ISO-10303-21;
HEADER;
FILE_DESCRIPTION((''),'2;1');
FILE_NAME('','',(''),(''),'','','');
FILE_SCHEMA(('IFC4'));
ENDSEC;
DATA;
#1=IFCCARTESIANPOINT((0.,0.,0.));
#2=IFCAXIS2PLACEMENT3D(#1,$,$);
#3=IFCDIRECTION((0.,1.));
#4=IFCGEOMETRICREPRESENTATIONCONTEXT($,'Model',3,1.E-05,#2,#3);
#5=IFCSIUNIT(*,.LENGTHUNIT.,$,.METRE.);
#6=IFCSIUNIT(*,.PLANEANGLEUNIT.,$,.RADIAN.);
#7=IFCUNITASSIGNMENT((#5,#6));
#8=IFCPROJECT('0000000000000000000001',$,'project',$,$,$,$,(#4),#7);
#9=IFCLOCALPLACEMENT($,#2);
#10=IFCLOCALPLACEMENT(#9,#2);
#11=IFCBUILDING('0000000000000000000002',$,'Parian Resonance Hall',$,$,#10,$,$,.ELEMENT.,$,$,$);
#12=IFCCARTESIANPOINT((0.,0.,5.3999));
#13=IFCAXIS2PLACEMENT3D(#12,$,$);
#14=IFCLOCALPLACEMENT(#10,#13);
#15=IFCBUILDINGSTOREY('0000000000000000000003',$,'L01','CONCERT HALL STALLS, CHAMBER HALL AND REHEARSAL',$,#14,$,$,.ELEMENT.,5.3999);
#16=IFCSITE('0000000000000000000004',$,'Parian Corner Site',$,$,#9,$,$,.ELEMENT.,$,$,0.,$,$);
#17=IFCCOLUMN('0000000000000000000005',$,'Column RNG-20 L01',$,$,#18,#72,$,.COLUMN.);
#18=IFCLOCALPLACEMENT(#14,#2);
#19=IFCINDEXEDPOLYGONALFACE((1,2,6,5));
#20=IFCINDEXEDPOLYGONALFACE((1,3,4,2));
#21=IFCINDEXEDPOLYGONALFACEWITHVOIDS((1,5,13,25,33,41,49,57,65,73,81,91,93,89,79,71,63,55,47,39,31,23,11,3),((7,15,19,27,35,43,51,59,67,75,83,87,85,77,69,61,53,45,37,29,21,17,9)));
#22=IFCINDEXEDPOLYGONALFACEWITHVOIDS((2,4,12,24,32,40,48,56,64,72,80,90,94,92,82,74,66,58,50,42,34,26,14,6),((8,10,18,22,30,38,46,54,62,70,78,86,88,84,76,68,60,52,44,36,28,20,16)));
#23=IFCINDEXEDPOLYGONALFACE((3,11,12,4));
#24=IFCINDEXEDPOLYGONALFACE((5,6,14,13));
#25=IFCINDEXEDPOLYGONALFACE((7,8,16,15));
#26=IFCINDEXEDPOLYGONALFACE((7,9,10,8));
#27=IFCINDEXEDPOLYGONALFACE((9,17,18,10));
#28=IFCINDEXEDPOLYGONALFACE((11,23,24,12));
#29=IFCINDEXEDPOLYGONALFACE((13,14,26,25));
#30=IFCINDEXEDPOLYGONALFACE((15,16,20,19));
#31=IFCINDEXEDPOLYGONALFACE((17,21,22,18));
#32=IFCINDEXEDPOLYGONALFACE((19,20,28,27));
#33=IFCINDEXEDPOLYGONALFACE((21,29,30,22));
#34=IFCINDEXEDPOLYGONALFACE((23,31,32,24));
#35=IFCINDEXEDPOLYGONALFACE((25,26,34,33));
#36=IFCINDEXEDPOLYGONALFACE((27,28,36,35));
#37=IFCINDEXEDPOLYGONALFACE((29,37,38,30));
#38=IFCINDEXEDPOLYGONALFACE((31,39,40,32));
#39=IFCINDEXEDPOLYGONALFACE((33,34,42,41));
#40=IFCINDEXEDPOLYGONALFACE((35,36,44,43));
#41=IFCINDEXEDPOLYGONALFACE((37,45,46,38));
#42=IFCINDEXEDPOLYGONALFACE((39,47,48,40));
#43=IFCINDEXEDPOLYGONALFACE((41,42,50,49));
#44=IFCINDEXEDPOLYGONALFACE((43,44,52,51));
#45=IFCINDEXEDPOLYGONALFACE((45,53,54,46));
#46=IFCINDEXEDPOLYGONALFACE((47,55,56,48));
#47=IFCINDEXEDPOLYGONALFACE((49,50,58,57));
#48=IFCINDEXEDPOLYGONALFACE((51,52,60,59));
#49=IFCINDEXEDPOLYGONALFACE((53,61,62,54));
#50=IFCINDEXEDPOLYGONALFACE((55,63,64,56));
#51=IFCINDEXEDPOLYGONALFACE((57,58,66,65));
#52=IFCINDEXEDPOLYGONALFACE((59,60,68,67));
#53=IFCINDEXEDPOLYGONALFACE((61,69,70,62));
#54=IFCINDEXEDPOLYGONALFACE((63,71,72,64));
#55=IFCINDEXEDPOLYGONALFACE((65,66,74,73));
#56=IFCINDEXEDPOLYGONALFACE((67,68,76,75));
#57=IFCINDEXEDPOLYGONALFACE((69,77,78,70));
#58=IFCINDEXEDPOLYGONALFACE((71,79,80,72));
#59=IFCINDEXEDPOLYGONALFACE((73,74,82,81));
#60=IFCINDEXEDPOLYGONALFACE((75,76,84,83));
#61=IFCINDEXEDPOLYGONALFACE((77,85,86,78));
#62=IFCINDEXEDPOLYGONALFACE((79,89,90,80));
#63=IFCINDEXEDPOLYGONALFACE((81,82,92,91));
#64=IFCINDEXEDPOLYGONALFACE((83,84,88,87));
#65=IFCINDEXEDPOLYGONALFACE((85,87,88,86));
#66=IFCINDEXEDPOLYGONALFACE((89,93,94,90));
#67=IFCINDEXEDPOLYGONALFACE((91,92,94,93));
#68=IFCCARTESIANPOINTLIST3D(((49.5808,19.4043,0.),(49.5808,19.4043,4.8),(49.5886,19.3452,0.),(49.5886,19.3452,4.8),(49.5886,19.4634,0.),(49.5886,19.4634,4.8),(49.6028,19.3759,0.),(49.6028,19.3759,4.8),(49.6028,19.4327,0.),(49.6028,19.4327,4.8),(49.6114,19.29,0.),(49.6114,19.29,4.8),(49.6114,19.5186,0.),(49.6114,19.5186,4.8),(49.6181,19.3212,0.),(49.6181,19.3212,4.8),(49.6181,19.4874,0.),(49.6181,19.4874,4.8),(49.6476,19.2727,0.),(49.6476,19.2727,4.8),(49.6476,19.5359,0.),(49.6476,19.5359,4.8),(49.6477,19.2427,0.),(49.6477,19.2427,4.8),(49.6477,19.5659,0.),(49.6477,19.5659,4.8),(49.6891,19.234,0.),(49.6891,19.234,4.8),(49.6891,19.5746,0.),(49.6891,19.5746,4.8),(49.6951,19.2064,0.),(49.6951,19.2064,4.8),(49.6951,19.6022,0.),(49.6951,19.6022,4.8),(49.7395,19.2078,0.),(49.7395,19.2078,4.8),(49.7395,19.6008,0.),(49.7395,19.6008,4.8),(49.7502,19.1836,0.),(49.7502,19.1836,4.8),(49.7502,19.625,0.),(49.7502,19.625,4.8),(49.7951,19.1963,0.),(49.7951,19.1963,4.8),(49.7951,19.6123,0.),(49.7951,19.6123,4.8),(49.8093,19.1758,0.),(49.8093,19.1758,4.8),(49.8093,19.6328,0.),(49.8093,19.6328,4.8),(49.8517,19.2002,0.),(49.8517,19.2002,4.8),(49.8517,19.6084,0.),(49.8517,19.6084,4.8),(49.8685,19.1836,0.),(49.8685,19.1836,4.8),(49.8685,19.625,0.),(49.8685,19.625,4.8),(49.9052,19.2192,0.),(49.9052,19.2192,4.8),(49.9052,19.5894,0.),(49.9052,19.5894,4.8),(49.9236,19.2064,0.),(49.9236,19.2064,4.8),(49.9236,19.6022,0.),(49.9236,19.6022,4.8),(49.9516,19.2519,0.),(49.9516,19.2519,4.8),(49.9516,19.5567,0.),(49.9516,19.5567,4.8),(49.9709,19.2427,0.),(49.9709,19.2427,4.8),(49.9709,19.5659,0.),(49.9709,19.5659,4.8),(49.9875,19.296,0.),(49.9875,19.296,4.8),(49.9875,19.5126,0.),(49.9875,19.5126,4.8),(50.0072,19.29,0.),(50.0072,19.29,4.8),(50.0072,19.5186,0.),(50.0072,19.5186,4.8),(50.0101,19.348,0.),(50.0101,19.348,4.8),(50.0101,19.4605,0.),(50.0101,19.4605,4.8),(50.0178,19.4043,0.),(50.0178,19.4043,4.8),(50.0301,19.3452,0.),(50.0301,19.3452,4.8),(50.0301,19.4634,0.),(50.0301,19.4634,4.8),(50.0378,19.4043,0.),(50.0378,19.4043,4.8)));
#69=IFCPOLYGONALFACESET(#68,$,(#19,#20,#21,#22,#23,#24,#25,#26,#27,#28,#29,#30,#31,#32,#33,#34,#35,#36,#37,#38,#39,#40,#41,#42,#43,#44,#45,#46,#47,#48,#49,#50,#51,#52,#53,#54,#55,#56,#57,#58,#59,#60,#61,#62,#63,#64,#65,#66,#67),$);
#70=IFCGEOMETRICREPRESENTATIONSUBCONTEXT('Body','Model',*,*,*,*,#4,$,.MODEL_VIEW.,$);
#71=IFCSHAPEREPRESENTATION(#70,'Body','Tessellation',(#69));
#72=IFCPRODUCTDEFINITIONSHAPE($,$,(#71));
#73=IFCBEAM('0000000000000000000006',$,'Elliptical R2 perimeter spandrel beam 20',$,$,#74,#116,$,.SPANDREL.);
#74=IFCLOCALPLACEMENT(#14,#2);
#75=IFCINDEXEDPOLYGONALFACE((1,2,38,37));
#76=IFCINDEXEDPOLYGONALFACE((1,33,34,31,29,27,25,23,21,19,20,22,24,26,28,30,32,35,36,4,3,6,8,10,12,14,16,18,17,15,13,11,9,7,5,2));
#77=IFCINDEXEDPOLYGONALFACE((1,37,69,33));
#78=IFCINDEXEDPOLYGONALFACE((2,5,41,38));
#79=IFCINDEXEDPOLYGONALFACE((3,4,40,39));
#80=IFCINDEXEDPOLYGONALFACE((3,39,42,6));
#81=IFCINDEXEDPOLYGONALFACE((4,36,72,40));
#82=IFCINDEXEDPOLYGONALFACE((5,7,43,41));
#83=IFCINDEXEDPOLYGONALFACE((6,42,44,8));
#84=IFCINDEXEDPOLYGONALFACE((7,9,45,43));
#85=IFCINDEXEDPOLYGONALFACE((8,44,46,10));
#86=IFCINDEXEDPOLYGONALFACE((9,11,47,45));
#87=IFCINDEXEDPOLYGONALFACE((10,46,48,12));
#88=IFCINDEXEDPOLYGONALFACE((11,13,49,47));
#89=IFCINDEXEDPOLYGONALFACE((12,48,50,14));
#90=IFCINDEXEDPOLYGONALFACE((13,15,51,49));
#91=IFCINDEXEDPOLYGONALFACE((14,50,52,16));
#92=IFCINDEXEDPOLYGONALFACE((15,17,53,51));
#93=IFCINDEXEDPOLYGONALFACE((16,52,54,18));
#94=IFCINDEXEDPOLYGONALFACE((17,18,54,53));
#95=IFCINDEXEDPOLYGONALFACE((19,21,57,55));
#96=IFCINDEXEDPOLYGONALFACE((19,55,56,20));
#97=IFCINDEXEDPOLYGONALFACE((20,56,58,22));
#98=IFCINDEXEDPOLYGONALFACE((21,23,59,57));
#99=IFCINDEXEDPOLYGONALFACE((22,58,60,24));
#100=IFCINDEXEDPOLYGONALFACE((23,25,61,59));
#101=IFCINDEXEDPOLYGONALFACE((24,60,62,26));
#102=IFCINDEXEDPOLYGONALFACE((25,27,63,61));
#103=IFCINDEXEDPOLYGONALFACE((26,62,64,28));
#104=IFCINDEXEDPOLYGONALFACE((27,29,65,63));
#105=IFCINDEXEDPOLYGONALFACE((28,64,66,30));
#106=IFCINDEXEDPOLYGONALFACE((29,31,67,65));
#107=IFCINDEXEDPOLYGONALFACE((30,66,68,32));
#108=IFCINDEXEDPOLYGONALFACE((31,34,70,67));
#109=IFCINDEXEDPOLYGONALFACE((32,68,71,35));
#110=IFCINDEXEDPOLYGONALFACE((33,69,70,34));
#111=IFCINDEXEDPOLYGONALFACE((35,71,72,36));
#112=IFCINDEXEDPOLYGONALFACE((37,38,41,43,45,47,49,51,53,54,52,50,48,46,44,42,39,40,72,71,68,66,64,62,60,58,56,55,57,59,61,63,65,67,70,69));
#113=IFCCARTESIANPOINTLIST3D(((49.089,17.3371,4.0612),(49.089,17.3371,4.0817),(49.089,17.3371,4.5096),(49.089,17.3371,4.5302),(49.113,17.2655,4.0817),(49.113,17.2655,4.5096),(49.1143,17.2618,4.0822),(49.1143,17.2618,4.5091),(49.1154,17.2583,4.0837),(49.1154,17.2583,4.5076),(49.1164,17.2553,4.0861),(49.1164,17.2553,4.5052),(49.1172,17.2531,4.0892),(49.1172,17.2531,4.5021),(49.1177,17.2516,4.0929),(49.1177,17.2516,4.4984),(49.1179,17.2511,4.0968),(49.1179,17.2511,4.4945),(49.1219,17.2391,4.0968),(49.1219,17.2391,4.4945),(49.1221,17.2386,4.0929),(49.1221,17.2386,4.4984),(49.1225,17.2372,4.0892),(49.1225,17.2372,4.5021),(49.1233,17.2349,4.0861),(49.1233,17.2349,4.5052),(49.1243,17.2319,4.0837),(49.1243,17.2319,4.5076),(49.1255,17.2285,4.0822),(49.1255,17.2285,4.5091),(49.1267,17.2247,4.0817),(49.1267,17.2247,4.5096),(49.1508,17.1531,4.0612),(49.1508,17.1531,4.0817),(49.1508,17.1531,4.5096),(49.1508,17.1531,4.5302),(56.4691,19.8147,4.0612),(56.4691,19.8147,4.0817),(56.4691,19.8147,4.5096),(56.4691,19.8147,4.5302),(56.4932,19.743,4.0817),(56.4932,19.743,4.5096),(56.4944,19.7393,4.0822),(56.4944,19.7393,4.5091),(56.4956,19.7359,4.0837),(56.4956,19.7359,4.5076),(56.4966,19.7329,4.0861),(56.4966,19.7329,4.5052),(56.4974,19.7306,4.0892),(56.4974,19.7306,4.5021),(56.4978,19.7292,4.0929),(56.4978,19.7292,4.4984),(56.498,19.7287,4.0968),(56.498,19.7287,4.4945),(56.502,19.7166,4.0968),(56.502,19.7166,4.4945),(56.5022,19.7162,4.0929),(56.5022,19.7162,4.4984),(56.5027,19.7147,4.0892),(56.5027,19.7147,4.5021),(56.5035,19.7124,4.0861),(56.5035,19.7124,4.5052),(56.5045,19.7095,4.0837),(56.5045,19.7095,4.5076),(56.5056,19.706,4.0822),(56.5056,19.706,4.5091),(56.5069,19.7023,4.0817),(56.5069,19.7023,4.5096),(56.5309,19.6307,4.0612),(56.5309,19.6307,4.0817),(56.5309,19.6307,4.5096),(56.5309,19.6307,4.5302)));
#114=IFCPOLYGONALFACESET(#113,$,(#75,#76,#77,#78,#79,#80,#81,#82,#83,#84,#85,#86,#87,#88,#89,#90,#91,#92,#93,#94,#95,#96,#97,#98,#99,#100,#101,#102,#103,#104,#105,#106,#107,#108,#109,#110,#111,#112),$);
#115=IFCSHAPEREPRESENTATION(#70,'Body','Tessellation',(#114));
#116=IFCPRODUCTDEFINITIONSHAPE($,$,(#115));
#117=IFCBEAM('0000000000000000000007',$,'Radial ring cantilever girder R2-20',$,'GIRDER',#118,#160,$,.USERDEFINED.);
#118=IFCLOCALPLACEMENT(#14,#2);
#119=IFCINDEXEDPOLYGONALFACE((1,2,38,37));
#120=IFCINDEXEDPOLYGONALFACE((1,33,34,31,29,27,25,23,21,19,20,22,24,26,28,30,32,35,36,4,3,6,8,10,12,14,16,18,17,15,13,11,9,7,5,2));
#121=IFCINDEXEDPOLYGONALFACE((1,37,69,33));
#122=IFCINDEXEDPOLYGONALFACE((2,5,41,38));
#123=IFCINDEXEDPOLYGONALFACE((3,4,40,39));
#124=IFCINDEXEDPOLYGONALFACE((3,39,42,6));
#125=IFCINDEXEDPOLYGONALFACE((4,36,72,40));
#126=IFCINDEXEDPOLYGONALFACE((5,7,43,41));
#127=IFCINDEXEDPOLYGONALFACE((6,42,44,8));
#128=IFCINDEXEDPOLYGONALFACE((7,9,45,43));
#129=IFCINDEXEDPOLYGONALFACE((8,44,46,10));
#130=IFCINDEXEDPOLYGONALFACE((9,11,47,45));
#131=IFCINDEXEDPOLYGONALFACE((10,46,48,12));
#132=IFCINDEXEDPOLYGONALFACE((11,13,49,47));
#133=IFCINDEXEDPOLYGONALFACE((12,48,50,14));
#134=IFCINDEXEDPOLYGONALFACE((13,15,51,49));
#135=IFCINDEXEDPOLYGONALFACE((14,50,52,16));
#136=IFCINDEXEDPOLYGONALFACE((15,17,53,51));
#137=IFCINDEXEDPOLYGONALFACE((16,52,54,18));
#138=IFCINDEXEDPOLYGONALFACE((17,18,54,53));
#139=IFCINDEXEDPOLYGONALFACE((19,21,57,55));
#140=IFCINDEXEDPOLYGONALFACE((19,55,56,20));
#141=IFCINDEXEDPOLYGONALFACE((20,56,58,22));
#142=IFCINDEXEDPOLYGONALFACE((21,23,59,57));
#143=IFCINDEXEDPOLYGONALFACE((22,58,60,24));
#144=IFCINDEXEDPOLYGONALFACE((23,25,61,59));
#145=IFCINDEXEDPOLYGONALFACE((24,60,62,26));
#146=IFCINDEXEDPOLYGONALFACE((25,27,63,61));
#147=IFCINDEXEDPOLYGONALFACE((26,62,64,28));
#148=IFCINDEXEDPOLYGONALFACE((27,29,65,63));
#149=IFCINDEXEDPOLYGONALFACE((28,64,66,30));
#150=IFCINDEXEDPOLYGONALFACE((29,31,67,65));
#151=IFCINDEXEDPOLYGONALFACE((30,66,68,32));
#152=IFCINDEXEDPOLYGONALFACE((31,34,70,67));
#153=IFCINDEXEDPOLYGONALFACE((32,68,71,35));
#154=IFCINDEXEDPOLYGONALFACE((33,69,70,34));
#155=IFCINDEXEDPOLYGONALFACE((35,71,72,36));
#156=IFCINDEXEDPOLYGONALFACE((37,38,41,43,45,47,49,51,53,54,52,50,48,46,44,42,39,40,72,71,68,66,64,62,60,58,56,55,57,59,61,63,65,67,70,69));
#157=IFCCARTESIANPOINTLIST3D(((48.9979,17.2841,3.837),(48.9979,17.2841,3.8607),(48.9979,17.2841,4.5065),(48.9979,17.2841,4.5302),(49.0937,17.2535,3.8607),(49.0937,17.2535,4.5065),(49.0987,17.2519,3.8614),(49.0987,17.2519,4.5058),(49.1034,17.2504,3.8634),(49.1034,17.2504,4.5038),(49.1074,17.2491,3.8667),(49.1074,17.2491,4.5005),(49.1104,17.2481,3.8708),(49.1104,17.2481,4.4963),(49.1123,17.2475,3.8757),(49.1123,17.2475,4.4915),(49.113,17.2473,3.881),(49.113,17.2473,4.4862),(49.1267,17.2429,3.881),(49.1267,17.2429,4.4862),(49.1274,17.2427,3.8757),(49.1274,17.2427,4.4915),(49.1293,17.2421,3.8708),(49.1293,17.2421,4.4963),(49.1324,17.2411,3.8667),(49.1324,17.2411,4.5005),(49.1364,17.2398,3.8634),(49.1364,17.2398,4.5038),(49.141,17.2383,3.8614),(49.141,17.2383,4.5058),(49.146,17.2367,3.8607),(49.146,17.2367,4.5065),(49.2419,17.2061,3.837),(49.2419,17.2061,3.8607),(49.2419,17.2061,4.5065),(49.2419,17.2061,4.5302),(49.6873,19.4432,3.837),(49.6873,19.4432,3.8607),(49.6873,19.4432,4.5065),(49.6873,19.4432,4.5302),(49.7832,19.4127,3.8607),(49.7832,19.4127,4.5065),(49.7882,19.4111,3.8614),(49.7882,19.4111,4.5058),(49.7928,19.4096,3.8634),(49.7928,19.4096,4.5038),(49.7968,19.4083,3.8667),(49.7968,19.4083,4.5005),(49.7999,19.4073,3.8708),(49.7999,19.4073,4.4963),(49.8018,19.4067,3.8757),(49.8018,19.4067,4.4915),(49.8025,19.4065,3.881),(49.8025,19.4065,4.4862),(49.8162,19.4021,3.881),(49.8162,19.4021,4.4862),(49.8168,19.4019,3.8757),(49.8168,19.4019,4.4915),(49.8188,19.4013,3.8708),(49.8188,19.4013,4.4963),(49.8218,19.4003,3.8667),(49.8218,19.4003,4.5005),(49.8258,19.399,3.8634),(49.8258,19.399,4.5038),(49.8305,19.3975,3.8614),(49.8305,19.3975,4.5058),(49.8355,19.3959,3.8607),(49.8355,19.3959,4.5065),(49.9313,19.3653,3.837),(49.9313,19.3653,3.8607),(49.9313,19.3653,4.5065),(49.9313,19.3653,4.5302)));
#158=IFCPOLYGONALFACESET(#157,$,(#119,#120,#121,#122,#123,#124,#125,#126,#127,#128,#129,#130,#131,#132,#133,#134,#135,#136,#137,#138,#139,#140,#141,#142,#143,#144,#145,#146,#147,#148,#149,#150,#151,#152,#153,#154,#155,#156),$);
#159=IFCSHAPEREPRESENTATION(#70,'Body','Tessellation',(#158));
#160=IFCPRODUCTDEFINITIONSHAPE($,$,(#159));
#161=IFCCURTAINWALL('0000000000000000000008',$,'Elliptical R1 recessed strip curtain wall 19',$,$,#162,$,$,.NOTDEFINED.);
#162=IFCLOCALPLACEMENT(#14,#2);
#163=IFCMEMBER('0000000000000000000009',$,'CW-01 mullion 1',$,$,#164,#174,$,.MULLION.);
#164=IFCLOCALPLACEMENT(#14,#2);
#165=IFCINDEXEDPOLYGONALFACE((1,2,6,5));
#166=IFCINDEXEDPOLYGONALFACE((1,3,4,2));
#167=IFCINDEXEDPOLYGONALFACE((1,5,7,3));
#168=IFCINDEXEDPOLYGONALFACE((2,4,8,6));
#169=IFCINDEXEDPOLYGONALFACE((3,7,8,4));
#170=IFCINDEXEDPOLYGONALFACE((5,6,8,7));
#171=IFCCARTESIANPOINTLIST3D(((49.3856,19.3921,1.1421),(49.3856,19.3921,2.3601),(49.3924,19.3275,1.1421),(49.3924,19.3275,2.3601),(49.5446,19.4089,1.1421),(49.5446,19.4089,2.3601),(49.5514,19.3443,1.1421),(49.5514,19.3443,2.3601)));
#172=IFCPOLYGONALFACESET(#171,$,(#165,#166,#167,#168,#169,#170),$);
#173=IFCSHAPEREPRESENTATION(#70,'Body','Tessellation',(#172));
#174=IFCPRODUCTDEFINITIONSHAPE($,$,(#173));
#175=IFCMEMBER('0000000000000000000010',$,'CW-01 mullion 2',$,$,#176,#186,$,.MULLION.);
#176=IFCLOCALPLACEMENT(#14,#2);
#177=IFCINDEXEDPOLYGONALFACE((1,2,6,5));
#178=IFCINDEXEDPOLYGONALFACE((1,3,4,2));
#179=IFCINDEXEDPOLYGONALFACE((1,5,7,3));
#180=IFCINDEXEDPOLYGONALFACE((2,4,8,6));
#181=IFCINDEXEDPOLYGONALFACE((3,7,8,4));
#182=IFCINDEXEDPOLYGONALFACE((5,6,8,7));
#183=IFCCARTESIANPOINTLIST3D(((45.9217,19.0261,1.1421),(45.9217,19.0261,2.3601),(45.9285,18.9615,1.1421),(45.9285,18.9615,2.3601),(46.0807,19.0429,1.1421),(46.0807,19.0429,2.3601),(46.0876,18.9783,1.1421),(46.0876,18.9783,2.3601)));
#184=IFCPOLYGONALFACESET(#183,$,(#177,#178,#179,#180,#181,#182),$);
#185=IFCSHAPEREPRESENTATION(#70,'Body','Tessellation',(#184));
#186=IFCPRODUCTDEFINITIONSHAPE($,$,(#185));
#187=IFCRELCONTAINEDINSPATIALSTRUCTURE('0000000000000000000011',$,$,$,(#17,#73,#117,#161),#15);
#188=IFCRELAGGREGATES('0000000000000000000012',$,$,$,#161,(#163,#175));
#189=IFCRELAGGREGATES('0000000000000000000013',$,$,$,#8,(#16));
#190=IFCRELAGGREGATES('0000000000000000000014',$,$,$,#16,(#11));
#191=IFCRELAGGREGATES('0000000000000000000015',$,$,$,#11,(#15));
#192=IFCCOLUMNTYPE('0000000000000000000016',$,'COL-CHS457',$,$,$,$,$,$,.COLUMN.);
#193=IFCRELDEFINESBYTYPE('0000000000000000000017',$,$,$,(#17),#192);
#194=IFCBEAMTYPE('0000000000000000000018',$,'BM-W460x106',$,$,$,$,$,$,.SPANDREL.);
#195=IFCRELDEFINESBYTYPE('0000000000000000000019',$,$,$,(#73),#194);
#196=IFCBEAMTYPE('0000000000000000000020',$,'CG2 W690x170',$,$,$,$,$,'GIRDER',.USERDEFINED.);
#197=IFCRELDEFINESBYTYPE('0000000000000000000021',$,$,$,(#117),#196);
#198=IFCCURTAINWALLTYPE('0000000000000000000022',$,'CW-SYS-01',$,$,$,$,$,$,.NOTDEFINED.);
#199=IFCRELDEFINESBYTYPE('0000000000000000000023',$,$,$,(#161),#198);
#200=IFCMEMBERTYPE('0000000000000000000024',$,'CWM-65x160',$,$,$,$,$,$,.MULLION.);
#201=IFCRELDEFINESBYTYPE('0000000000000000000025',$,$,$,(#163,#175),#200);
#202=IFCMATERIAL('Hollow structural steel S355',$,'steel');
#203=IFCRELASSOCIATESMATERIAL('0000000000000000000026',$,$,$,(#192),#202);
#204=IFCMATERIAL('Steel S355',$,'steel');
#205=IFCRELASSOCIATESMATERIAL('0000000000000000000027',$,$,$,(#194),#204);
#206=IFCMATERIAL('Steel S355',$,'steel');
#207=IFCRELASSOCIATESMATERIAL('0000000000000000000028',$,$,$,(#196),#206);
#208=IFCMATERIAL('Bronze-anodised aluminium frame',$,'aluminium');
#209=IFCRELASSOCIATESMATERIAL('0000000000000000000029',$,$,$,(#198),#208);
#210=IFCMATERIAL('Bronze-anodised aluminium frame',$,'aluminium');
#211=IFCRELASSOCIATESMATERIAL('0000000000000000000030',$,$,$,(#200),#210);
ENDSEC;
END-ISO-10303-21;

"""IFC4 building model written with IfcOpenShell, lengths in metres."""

from ifc_helpers import new_model, si_unit, direction, frame, origin, origin_2d, place, context, subcontext, project, spatial, rectangle, hollow_circle, i_section, extrude, material, material_profile, profile_set, type_object, element, aggregate, save


model = new_model("IFC4")

# Units and contexts
model_context = context("Model", 3, precision=1e-05, world=origin(), true_north=direction((0.0, 1.0)))
body_context = subcontext(model_context, "Body", "Model", "MODEL_VIEW")
ifc_project = project(units=[si_unit("LENGTHUNIT", "METRE"), si_unit("PLANEANGLEUNIT", "RADIAN")], contexts=[model_context])

# Site, building, storey
site_placement = place(None, origin())
site = spatial("IfcSite", under=ifc_project, at=site_placement, Name="Parian Corner Site", CompositionType="ELEMENT", RefElevation=0.0)
building_placement = place(site_placement, origin())
building = spatial("IfcBuilding", under=site, at=building_placement, Name="Parian Resonance Hall", CompositionType="ELEMENT")
storey_placement = place(building_placement, frame((0.0, 0.0, 5.3999)))
storey = spatial("IfcBuildingStorey", under=building, at=storey_placement, Name="L01", Description="CONCERT HALL STALLS, CHAMBER HALL AND REHEARSAL", CompositionType="ELEMENT", Elevation=5.3999)

# Column
ifc_material_1 = material(Name="Hollow structural steel S355", Category="steel")
ifc_material_profile_1 = material_profile(ifc_material_1, hollow_circle(Radius=0.2285, WallThickness=0.02, at=origin_2d()), Name="CHS457x20")
ifc_profile_set_1 = profile_set([ifc_material_profile_1], Name="Hollow structural steel S355")
column_type = type_object("IfcColumnType", Name="COL-CHS457", PredefinedType="COLUMN", material=ifc_profile_set_1)
column_placement = place(storey_placement, frame((49.8093, 19.4043, 0.0), z_axis=(0.0, 0.0, 1.0), x_axis=(1.0, 0.0, 0.0)))
element("IfcColumn", 1, at=column_placement, inside=storey, type_object=column_type, Name="Column RNG-20 L01", PredefinedType="COLUMN", context=body_context, shape_type="SweptSolid", body=[
    extrude(hollow_circle(Radius=0.2285, WallThickness=0.02, at=origin_2d()), origin(), (0.0, 0.0, 1.0), 4.8),
])

# Beams
ifc_material_2 = material(Name="Steel S355", Category="steel")
ifc_material_profile_2 = material_profile(ifc_material_2, i_section(OverallWidth=0.1941, OverallDepth=0.469, WebThickness=0.0127, FlangeThickness=0.0205, FilletRadius=0.0151, at=origin_2d()), Name="W460x106")
ifc_profile_set_2 = profile_set([ifc_material_profile_2], Name="Steel S355")
beam_type_1 = type_object("IfcBeamType", Name="BM-W460x106", PredefinedType="SPANDREL", material=ifc_profile_set_2)
beam_1_placement = place(storey_placement, frame((49.1199, 17.2451, 4.2957), z_axis=(0.948007, 0.31825, 0.0), x_axis=(-0.31825, 0.948007, 0.0)))
element("IfcBeam", 2, at=beam_1_placement, inside=storey, type_object=beam_type_1, Name="Elliptical R2 perimeter spandrel beam 20", PredefinedType="SPANDREL", context=body_context, shape_type="SweptSolid", body=[
    extrude(i_section(OverallWidth=0.1941, OverallDepth=0.469, WebThickness=0.0127, FlangeThickness=0.0205, FilletRadius=0.0151, at=origin_2d()), origin(), (0.0, 0.0, 1.0), 7.7849),
])
ifc_material_3 = material(Name="Steel S355", Category="steel")
ifc_material_profile_3 = material_profile(ifc_material_3, i_section(OverallWidth=0.2561, OverallDepth=0.6931, WebThickness=0.0144, FlangeThickness=0.0237, FilletRadius=0.0203, at=origin_2d()), Name="W690x170")
ifc_profile_set_3 = profile_set([ifc_material_profile_3], Name="Steel S355")
beam_type_2 = type_object("IfcBeamType", Name="CG2 W690x170", ElementType="GIRDER", PredefinedType="USERDEFINED", material=ifc_profile_set_3)
beam_2_placement = place(storey_placement, frame((49.8093, 19.4043, 4.1836), z_axis=(-0.304182, -0.952614, 0.0), x_axis=(0.952614, -0.304182, 0.0)))
element("IfcBeam", 3, at=beam_2_placement, inside=storey, type_object=beam_type_2, Name="Radial ring cantilever girder R2-20", ObjectType="GIRDER", PredefinedType="USERDEFINED", context=body_context, shape_type="SweptSolid", body=[
    extrude(i_section(OverallWidth=0.2561, OverallDepth=0.6931, WebThickness=0.0144, FlangeThickness=0.0237, FilletRadius=0.0203, at=origin_2d()), origin(), (0.0, 0.0, 1.0), 2.2666),
])

# Curtain wall, members
ifc_material_4 = material(Name="Bronze-anodised aluminium frame", Category="aluminium")
curtain_wall_type_1 = type_object("IfcCurtainWallType", Name="CW-SYS-01", PredefinedType="NOTDEFINED", material=ifc_material_4)
curtain_wall_1_placement = place(storey_placement, origin())
curtain_wall_1 = element("IfcCurtainWall", 4, at=curtain_wall_1_placement, inside=storey, type_object=curtain_wall_type_1, Name="Elliptical R1 recessed strip curtain wall 19", PredefinedType="NOTDEFINED")
ifc_material_5 = material(Name="Bronze-anodised aluminium frame", Category="aluminium")
ifc_material_profile_4 = material_profile(ifc_material_5, rectangle(XDim=0.0649, YDim=0.1599, at=origin_2d()), Name="CWM-65x160")
ifc_profile_set_4 = profile_set([ifc_material_profile_4], Name="Bronze-anodised aluminium frame")
member_type_1 = type_object("IfcMemberType", Name="CWM-65x160", PredefinedType="MULLION", material=ifc_profile_set_4)
member_1_placement = place(storey_placement, frame((49.4685, 19.3682, 1.1421), z_axis=(0.0, 0.0, 1.0), x_axis=(0.105102, -0.994461, 0.0)))
member_1 = element("IfcMember", 5, at=member_1_placement, type_object=member_type_1, Name="CW-01 mullion 1", PredefinedType="MULLION", context=body_context, shape_type="SweptSolid", body=[
    extrude(rectangle(XDim=0.0649, YDim=0.1599, at=origin_2d()), origin(), (0.0, 0.0, 1.0), 1.218),
])
member_2_placement = place(storey_placement, frame((46.0046, 19.0022, 1.1421), z_axis=(0.0, 0.0, 1.0), x_axis=(0.105102, -0.994461, 0.0)))
member_2 = element("IfcMember", 6, at=member_2_placement, type_object=member_type_1, Name="CW-01 mullion 2", PredefinedType="MULLION", context=body_context, shape_type="SweptSolid", body=[
    extrude(rectangle(XDim=0.0649, YDim=0.1599, at=origin_2d()), origin(), (0.0, 0.0, 1.0), 1.218),
])

aggregate(curtain_wall_1, [member_1, member_2])

save(model, "model.ifc")
